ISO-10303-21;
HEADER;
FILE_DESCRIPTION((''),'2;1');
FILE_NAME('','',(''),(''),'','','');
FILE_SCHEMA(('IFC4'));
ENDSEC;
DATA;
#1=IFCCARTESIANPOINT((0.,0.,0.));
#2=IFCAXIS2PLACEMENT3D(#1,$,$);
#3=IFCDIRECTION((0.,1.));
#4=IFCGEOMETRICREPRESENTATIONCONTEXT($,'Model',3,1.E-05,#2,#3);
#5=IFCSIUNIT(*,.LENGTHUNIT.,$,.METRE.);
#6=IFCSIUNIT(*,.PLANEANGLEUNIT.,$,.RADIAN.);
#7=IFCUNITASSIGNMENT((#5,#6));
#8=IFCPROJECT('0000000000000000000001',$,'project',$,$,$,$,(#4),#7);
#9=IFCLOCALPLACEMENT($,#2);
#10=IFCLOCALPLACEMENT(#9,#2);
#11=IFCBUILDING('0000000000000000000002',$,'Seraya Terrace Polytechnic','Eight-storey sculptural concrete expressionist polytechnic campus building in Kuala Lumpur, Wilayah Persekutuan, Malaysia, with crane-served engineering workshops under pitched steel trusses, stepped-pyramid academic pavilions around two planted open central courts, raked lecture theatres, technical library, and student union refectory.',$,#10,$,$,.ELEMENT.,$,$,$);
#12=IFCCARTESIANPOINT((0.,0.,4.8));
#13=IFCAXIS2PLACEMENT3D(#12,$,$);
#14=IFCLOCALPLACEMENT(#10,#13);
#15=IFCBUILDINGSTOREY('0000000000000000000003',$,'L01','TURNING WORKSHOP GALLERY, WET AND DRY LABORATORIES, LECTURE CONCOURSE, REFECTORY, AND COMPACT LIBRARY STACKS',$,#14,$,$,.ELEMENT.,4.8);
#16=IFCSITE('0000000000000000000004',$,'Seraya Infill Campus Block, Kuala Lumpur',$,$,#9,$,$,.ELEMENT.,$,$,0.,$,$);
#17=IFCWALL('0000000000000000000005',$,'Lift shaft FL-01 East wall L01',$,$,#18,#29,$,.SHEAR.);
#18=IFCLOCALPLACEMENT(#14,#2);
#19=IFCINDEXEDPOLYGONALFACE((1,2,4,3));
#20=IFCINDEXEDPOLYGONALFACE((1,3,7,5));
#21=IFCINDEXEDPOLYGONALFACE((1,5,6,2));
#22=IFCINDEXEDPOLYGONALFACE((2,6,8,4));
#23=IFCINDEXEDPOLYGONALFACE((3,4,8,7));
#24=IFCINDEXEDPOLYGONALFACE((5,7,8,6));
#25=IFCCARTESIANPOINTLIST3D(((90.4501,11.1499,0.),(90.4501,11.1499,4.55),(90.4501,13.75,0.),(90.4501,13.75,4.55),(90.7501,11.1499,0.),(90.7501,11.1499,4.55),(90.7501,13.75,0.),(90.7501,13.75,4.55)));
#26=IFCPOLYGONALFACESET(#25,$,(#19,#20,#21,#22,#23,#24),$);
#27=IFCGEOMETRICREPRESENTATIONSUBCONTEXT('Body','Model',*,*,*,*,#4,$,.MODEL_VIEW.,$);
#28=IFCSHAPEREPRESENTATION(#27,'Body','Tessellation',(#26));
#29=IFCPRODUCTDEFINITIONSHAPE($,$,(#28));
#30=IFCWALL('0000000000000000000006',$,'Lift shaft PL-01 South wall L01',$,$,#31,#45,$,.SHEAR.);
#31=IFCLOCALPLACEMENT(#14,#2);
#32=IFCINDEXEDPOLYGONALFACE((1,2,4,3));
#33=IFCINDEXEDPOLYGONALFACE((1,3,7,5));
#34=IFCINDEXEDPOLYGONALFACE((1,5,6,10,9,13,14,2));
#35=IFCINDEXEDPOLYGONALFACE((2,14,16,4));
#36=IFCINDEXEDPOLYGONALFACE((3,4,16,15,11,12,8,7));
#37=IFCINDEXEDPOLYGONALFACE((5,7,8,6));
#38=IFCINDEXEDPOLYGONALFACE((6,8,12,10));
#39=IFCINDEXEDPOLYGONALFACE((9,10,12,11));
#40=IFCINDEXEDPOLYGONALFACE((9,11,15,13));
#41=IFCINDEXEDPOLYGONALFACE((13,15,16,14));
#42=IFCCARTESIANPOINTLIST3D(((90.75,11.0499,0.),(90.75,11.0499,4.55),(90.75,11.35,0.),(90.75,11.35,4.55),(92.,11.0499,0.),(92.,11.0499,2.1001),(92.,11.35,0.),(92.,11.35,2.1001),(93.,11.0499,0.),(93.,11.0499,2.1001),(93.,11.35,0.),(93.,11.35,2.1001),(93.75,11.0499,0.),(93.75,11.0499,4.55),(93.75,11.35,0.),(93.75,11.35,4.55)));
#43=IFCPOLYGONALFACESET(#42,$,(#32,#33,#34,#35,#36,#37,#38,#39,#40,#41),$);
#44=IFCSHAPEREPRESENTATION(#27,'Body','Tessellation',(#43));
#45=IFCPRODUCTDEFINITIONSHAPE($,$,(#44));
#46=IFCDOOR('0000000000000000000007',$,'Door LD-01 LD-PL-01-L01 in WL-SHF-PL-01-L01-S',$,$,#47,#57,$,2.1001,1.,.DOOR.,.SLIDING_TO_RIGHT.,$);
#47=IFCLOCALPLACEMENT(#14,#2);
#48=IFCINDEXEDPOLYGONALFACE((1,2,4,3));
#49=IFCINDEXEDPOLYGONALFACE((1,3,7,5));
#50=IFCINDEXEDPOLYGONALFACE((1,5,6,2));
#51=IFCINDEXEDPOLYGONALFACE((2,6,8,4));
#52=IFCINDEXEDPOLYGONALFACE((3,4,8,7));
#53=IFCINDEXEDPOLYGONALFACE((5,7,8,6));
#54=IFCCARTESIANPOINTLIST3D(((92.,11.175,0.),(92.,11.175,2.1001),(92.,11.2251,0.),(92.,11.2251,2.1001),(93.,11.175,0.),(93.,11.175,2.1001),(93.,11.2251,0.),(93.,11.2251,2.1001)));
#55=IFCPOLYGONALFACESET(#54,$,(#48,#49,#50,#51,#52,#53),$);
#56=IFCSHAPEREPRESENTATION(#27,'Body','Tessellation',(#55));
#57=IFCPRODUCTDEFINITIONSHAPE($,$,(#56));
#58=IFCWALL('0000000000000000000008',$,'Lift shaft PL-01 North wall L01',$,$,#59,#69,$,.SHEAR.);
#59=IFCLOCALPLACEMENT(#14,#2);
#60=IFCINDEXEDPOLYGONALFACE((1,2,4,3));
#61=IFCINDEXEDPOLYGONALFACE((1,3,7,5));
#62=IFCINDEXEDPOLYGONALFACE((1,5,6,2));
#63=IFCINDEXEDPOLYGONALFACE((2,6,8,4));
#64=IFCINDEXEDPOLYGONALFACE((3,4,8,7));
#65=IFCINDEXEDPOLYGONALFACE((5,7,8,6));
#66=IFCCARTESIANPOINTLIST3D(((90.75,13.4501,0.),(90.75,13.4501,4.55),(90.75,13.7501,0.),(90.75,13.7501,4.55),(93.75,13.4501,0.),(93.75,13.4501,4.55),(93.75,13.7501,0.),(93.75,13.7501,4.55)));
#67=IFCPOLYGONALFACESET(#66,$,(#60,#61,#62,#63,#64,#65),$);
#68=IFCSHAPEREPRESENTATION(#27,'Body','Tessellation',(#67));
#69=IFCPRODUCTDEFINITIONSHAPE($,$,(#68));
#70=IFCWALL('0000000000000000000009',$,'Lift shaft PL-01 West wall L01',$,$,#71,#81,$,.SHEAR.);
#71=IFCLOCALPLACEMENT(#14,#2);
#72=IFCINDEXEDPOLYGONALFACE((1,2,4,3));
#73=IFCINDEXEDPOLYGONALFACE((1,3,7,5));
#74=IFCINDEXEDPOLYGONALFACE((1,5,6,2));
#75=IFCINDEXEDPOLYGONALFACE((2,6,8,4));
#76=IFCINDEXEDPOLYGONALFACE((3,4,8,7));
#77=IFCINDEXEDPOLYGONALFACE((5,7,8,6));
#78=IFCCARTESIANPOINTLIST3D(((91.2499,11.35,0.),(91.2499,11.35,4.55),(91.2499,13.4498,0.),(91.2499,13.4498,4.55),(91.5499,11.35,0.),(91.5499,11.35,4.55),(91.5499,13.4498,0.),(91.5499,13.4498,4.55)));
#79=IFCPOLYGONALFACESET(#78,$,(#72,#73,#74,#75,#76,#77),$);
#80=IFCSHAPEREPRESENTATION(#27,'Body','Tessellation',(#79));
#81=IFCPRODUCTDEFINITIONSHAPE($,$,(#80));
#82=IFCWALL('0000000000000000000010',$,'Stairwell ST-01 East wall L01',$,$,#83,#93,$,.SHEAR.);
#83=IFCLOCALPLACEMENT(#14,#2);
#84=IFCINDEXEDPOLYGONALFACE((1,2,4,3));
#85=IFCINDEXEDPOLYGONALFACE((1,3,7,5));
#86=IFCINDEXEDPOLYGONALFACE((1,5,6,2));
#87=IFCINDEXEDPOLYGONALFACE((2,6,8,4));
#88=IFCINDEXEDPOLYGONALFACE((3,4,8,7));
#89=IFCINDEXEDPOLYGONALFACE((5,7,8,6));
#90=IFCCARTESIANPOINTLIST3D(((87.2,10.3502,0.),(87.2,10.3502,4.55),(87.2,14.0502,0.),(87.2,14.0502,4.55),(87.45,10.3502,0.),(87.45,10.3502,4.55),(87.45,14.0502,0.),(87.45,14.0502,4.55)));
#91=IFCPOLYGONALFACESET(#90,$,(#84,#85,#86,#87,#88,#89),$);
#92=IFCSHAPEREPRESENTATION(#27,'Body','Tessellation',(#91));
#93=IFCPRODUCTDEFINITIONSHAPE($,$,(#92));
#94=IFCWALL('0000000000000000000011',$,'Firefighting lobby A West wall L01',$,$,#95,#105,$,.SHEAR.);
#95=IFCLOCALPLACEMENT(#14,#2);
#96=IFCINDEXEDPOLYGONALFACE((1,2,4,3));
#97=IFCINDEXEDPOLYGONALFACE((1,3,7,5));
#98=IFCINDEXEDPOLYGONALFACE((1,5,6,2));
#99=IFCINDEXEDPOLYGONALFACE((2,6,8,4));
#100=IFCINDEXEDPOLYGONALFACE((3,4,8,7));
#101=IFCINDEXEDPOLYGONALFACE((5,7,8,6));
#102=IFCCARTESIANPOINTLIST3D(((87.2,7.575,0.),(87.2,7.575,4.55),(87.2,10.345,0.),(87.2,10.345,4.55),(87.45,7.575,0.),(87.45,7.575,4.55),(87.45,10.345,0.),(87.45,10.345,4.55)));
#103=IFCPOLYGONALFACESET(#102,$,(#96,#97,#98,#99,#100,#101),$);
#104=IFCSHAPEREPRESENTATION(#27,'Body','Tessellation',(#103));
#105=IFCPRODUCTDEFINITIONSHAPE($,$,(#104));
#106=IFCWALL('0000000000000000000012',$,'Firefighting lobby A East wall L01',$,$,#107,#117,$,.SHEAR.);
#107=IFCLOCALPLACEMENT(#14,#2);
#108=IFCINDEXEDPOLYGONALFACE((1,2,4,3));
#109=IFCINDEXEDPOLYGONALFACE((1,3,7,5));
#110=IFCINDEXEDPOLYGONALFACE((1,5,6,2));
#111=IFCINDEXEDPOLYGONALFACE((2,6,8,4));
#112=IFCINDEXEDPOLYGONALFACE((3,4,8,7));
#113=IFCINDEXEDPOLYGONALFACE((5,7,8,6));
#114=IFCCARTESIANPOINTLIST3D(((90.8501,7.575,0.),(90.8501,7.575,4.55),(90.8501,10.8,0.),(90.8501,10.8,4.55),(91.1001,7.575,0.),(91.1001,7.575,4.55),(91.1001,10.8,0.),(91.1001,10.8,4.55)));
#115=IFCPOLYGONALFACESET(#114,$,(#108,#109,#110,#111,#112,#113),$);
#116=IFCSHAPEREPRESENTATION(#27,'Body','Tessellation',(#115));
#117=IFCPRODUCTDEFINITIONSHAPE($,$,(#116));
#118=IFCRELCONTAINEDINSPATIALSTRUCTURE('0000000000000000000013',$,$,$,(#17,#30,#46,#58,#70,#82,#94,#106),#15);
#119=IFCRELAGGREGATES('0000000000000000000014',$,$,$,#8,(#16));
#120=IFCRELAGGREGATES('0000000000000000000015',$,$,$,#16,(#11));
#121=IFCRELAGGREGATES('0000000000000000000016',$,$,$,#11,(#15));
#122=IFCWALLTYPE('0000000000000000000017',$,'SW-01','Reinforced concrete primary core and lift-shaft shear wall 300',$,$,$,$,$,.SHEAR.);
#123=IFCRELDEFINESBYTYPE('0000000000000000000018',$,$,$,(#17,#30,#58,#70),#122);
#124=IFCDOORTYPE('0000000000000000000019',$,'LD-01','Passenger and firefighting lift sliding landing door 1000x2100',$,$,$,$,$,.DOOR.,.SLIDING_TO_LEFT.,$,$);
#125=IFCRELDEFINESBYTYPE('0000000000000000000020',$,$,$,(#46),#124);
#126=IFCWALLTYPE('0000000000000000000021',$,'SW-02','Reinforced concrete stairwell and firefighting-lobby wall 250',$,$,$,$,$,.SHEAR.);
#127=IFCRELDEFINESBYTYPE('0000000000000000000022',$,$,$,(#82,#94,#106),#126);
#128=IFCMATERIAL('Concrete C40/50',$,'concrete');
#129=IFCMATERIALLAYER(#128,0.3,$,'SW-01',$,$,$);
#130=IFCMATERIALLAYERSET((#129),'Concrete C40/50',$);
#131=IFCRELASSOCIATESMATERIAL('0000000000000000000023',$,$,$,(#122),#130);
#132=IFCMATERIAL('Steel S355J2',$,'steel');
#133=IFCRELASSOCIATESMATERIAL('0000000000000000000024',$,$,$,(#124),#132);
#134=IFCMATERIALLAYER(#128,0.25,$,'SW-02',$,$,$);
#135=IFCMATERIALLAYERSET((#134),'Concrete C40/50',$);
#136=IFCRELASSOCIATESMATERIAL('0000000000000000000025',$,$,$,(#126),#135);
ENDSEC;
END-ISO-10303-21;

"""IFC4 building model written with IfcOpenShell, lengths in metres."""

from ifc_helpers import new_model, si_unit, direction, frame, frame_2d, origin, place, context, subcontext, project, spatial, rectangle, extrude, material, layer, layer_set, type_object, element, fill, save


model = new_model("IFC4")

# Units and contexts
model_context = context("Model", 3, precision=1e-05, world=origin(), true_north=direction((0.0, 1.0)))
body_context = subcontext(model_context, "Body", "Model", "MODEL_VIEW")
ifc_project = project(units=[si_unit("LENGTHUNIT", "METRE"), si_unit("PLANEANGLEUNIT", "RADIAN")], contexts=[model_context])

# Site, building, storey
site_placement = place(None, origin())
site = spatial("IfcSite", under=ifc_project, at=site_placement, Name="Seraya Infill Campus Block, Kuala Lumpur", CompositionType="ELEMENT", RefElevation=0.0)
building_placement = place(site_placement, origin())
building = spatial("IfcBuilding", under=site, at=building_placement, Name="Seraya Terrace Polytechnic", Description="Eight-storey sculptural concrete expressionist polytechnic campus building in Kuala Lumpur, Wilayah Persekutuan, Malaysia, with crane-served engineering workshops under pitched steel trusses, stepped-pyramid academic pavilions around two planted open central courts, raked lecture theatres, technical library, and student union refectory.", CompositionType="ELEMENT")
storey_placement = place(building_placement, frame((0.0, 0.0, 4.8)))
storey = spatial("IfcBuildingStorey", under=building, at=storey_placement, Name="L01", Description="TURNING WORKSHOP GALLERY, WET AND DRY LABORATORIES, LECTURE CONCOURSE, REFECTORY, AND COMPACT LIBRARY STACKS", CompositionType="ELEMENT", Elevation=4.8)

# Shared definitions
ifc_material_1 = material(Name="Concrete C40/50", Category="concrete")

# Shared definitions
ifc_layer_1 = layer(ifc_material_1, 0.3, Name="SW-01")
ifc_layer_set_1 = layer_set([ifc_layer_1], Name="Concrete C40/50")
wall_type_1 = type_object("IfcWallType", Name="SW-01", Description="Reinforced concrete primary core and lift-shaft shear wall 300", PredefinedType="SHEAR", material=ifc_layer_set_1)
ifc_material_2 = material(Name="Steel S355J2", Category="steel")
door_type_1 = type_object("IfcDoorType", Name="LD-01", Description="Passenger and firefighting lift sliding landing door 1000x2100", OperationType="SLIDING_TO_LEFT", PredefinedType="DOOR", material=ifc_material_2)

# Wall
for number, where, z_axis, x_axis, name in (
    (1, (90.6001, 11.1499, 0.0), (0.0, 0.0, 1.0), (0.0, 1.0, 0.0), "Lift shaft FL-01 East wall L01"),
):
    element("IfcWall", number, at=place(storey_placement, frame(where, z_axis=z_axis, x_axis=x_axis)), inside=storey, type_object=wall_type_1, Name=name, PredefinedType="SHEAR", context=body_context, shape_type="SweptSolid", body=[
        extrude(rectangle(XDim=2.6001, YDim=0.3, at=frame_2d((1.3, 0.0))), origin(), (0.0, 0.0, 1.0), 4.55),
    ])

# Wall, opening, door
wall_1_placement = place(storey_placement, frame((90.75, 11.2, 0.0), z_axis=(0.0, 0.0, 1.0), x_axis=(1.0, 0.0, 0.0)))
wall_1 = element("IfcWall", 2, at=wall_1_placement, inside=storey, type_object=wall_type_1, Name="Lift shaft PL-01 South wall L01", PredefinedType="SHEAR", context=body_context, shape_type="SweptSolid", body=[
    extrude(rectangle(XDim=3.0, YDim=0.3, at=frame_2d((1.5, 0.0))), origin(), (0.0, 0.0, 1.0), 4.55),
])
opening_1_placement = place(wall_1_placement, frame((1.25, 0.0, 0.0)))
opening_1 = element("IfcOpeningElement", 3, at=opening_1_placement, cuts=wall_1, PredefinedType="OPENING", context=body_context, shape_type="SweptSolid", body=[
    extrude(rectangle(XDim=1.0, YDim=2.1001, at=frame_2d((0.5, 1.05))), frame((0.0, 0.1621, 0.0), z_axis=(0.0, -1.0, 0.0), x_axis=(1.0, 0.0, 0.0)), (0.0, 0.0, 1.0), 0.324),
])
door_1_placement = place(opening_1_placement, frame((1.0, 0.0, 0.0), z_axis=(0.0, 0.0, 1.0), x_axis=(-1.0, 0.0, 0.0)))
door_1 = element("IfcDoor", 4, at=door_1_placement, inside=storey, type_object=door_type_1, Name="Door LD-01 LD-PL-01-L01 in WL-SHF-PL-01-L01-S", OperationType="SLIDING_TO_RIGHT", OverallHeight=2.1001, OverallWidth=1.0, PredefinedType="DOOR", context=body_context, shape_type="SweptSolid", body=[
    extrude(rectangle(XDim=1.0, YDim=2.1001, at=frame_2d((0.5, 1.05))), frame((0.0, 0.0249, 0.0), z_axis=(0.0, -1.0, 0.0), x_axis=(1.0, 0.0, 0.0)), (0.0, 0.0, 1.0), 0.05),
])
fill(opening_1, door_1)

# Walls
wall_2_placement = place(storey_placement, frame((90.75, 13.6001, 0.0), z_axis=(0.0, 0.0, 1.0), x_axis=(1.0, 0.0, 0.0)))
element("IfcWall", 5, at=wall_2_placement, inside=storey, type_object=wall_type_1, Name="Lift shaft PL-01 North wall L01", PredefinedType="SHEAR", context=body_context, shape_type="SweptSolid", body=[
    extrude(rectangle(XDim=3.0, YDim=0.3, at=frame_2d((1.5, 0.0))), origin(), (0.0, 0.0, 1.0), 4.55),
])
wall_3_placement = place(storey_placement, frame((91.3999, 11.3501, 0.0), z_axis=(0.0, 0.0, 1.0), x_axis=(0.0, 1.0, 0.0)))
element("IfcWall", 6, at=wall_3_placement, inside=storey, type_object=wall_type_1, Name="Lift shaft PL-01 West wall L01", PredefinedType="SHEAR", context=body_context, shape_type="SweptSolid", body=[
    extrude(rectangle(XDim=2.0999, YDim=0.3, at=frame_2d((1.0498, 0.0))), origin(), (0.0, 0.0, 1.0), 4.55),
])
ifc_layer_2 = layer(ifc_material_1, 0.25, Name="SW-02")
ifc_layer_set_2 = layer_set([ifc_layer_2], Name="Concrete C40/50")
wall_type_2 = type_object("IfcWallType", Name="SW-02", Description="Reinforced concrete stairwell and firefighting-lobby wall 250", PredefinedType="SHEAR", material=ifc_layer_set_2)
wall_4_placement = place(storey_placement, frame((87.325, 10.3501, 0.0), z_axis=(0.0, 0.0, 1.0), x_axis=(0.0, 1.0, 0.0)))
element("IfcWall", 7, at=wall_4_placement, inside=storey, type_object=wall_type_2, Name="Stairwell ST-01 East wall L01", PredefinedType="SHEAR", context=body_context, shape_type="SweptSolid", body=[
    extrude(rectangle(XDim=3.7, YDim=0.25, at=frame_2d((1.8501, 0.0))), origin(), (0.0, 0.0, 1.0), 4.55),
])

# Walls
wall_5_placement = place(storey_placement, frame((87.325, 7.575, 0.0), z_axis=(0.0, 0.0, 1.0), x_axis=(0.0, 1.0, 0.0)))
element("IfcWall", 8, at=wall_5_placement, inside=storey, type_object=wall_type_2, Name="Firefighting lobby A West wall L01", PredefinedType="SHEAR", context=body_context, shape_type="SweptSolid", body=[
    extrude(rectangle(XDim=2.77, YDim=0.25, at=frame_2d((1.385, 0.0))), origin(), (0.0, 0.0, 1.0), 4.55),
])
wall_6_placement = place(storey_placement, frame((90.9751, 7.575, 0.0), z_axis=(0.0, 0.0, 1.0), x_axis=(0.0, 1.0, 0.0)))
element("IfcWall", 9, at=wall_6_placement, inside=storey, type_object=wall_type_2, Name="Firefighting lobby A East wall L01", PredefinedType="SHEAR", context=body_context, shape_type="SweptSolid", body=[
    extrude(rectangle(XDim=3.2251, YDim=0.25, at=frame_2d((1.6125, 0.0))), origin(), (0.0, 0.0, 1.0), 4.55),
])

save(model, "model.ifc")
